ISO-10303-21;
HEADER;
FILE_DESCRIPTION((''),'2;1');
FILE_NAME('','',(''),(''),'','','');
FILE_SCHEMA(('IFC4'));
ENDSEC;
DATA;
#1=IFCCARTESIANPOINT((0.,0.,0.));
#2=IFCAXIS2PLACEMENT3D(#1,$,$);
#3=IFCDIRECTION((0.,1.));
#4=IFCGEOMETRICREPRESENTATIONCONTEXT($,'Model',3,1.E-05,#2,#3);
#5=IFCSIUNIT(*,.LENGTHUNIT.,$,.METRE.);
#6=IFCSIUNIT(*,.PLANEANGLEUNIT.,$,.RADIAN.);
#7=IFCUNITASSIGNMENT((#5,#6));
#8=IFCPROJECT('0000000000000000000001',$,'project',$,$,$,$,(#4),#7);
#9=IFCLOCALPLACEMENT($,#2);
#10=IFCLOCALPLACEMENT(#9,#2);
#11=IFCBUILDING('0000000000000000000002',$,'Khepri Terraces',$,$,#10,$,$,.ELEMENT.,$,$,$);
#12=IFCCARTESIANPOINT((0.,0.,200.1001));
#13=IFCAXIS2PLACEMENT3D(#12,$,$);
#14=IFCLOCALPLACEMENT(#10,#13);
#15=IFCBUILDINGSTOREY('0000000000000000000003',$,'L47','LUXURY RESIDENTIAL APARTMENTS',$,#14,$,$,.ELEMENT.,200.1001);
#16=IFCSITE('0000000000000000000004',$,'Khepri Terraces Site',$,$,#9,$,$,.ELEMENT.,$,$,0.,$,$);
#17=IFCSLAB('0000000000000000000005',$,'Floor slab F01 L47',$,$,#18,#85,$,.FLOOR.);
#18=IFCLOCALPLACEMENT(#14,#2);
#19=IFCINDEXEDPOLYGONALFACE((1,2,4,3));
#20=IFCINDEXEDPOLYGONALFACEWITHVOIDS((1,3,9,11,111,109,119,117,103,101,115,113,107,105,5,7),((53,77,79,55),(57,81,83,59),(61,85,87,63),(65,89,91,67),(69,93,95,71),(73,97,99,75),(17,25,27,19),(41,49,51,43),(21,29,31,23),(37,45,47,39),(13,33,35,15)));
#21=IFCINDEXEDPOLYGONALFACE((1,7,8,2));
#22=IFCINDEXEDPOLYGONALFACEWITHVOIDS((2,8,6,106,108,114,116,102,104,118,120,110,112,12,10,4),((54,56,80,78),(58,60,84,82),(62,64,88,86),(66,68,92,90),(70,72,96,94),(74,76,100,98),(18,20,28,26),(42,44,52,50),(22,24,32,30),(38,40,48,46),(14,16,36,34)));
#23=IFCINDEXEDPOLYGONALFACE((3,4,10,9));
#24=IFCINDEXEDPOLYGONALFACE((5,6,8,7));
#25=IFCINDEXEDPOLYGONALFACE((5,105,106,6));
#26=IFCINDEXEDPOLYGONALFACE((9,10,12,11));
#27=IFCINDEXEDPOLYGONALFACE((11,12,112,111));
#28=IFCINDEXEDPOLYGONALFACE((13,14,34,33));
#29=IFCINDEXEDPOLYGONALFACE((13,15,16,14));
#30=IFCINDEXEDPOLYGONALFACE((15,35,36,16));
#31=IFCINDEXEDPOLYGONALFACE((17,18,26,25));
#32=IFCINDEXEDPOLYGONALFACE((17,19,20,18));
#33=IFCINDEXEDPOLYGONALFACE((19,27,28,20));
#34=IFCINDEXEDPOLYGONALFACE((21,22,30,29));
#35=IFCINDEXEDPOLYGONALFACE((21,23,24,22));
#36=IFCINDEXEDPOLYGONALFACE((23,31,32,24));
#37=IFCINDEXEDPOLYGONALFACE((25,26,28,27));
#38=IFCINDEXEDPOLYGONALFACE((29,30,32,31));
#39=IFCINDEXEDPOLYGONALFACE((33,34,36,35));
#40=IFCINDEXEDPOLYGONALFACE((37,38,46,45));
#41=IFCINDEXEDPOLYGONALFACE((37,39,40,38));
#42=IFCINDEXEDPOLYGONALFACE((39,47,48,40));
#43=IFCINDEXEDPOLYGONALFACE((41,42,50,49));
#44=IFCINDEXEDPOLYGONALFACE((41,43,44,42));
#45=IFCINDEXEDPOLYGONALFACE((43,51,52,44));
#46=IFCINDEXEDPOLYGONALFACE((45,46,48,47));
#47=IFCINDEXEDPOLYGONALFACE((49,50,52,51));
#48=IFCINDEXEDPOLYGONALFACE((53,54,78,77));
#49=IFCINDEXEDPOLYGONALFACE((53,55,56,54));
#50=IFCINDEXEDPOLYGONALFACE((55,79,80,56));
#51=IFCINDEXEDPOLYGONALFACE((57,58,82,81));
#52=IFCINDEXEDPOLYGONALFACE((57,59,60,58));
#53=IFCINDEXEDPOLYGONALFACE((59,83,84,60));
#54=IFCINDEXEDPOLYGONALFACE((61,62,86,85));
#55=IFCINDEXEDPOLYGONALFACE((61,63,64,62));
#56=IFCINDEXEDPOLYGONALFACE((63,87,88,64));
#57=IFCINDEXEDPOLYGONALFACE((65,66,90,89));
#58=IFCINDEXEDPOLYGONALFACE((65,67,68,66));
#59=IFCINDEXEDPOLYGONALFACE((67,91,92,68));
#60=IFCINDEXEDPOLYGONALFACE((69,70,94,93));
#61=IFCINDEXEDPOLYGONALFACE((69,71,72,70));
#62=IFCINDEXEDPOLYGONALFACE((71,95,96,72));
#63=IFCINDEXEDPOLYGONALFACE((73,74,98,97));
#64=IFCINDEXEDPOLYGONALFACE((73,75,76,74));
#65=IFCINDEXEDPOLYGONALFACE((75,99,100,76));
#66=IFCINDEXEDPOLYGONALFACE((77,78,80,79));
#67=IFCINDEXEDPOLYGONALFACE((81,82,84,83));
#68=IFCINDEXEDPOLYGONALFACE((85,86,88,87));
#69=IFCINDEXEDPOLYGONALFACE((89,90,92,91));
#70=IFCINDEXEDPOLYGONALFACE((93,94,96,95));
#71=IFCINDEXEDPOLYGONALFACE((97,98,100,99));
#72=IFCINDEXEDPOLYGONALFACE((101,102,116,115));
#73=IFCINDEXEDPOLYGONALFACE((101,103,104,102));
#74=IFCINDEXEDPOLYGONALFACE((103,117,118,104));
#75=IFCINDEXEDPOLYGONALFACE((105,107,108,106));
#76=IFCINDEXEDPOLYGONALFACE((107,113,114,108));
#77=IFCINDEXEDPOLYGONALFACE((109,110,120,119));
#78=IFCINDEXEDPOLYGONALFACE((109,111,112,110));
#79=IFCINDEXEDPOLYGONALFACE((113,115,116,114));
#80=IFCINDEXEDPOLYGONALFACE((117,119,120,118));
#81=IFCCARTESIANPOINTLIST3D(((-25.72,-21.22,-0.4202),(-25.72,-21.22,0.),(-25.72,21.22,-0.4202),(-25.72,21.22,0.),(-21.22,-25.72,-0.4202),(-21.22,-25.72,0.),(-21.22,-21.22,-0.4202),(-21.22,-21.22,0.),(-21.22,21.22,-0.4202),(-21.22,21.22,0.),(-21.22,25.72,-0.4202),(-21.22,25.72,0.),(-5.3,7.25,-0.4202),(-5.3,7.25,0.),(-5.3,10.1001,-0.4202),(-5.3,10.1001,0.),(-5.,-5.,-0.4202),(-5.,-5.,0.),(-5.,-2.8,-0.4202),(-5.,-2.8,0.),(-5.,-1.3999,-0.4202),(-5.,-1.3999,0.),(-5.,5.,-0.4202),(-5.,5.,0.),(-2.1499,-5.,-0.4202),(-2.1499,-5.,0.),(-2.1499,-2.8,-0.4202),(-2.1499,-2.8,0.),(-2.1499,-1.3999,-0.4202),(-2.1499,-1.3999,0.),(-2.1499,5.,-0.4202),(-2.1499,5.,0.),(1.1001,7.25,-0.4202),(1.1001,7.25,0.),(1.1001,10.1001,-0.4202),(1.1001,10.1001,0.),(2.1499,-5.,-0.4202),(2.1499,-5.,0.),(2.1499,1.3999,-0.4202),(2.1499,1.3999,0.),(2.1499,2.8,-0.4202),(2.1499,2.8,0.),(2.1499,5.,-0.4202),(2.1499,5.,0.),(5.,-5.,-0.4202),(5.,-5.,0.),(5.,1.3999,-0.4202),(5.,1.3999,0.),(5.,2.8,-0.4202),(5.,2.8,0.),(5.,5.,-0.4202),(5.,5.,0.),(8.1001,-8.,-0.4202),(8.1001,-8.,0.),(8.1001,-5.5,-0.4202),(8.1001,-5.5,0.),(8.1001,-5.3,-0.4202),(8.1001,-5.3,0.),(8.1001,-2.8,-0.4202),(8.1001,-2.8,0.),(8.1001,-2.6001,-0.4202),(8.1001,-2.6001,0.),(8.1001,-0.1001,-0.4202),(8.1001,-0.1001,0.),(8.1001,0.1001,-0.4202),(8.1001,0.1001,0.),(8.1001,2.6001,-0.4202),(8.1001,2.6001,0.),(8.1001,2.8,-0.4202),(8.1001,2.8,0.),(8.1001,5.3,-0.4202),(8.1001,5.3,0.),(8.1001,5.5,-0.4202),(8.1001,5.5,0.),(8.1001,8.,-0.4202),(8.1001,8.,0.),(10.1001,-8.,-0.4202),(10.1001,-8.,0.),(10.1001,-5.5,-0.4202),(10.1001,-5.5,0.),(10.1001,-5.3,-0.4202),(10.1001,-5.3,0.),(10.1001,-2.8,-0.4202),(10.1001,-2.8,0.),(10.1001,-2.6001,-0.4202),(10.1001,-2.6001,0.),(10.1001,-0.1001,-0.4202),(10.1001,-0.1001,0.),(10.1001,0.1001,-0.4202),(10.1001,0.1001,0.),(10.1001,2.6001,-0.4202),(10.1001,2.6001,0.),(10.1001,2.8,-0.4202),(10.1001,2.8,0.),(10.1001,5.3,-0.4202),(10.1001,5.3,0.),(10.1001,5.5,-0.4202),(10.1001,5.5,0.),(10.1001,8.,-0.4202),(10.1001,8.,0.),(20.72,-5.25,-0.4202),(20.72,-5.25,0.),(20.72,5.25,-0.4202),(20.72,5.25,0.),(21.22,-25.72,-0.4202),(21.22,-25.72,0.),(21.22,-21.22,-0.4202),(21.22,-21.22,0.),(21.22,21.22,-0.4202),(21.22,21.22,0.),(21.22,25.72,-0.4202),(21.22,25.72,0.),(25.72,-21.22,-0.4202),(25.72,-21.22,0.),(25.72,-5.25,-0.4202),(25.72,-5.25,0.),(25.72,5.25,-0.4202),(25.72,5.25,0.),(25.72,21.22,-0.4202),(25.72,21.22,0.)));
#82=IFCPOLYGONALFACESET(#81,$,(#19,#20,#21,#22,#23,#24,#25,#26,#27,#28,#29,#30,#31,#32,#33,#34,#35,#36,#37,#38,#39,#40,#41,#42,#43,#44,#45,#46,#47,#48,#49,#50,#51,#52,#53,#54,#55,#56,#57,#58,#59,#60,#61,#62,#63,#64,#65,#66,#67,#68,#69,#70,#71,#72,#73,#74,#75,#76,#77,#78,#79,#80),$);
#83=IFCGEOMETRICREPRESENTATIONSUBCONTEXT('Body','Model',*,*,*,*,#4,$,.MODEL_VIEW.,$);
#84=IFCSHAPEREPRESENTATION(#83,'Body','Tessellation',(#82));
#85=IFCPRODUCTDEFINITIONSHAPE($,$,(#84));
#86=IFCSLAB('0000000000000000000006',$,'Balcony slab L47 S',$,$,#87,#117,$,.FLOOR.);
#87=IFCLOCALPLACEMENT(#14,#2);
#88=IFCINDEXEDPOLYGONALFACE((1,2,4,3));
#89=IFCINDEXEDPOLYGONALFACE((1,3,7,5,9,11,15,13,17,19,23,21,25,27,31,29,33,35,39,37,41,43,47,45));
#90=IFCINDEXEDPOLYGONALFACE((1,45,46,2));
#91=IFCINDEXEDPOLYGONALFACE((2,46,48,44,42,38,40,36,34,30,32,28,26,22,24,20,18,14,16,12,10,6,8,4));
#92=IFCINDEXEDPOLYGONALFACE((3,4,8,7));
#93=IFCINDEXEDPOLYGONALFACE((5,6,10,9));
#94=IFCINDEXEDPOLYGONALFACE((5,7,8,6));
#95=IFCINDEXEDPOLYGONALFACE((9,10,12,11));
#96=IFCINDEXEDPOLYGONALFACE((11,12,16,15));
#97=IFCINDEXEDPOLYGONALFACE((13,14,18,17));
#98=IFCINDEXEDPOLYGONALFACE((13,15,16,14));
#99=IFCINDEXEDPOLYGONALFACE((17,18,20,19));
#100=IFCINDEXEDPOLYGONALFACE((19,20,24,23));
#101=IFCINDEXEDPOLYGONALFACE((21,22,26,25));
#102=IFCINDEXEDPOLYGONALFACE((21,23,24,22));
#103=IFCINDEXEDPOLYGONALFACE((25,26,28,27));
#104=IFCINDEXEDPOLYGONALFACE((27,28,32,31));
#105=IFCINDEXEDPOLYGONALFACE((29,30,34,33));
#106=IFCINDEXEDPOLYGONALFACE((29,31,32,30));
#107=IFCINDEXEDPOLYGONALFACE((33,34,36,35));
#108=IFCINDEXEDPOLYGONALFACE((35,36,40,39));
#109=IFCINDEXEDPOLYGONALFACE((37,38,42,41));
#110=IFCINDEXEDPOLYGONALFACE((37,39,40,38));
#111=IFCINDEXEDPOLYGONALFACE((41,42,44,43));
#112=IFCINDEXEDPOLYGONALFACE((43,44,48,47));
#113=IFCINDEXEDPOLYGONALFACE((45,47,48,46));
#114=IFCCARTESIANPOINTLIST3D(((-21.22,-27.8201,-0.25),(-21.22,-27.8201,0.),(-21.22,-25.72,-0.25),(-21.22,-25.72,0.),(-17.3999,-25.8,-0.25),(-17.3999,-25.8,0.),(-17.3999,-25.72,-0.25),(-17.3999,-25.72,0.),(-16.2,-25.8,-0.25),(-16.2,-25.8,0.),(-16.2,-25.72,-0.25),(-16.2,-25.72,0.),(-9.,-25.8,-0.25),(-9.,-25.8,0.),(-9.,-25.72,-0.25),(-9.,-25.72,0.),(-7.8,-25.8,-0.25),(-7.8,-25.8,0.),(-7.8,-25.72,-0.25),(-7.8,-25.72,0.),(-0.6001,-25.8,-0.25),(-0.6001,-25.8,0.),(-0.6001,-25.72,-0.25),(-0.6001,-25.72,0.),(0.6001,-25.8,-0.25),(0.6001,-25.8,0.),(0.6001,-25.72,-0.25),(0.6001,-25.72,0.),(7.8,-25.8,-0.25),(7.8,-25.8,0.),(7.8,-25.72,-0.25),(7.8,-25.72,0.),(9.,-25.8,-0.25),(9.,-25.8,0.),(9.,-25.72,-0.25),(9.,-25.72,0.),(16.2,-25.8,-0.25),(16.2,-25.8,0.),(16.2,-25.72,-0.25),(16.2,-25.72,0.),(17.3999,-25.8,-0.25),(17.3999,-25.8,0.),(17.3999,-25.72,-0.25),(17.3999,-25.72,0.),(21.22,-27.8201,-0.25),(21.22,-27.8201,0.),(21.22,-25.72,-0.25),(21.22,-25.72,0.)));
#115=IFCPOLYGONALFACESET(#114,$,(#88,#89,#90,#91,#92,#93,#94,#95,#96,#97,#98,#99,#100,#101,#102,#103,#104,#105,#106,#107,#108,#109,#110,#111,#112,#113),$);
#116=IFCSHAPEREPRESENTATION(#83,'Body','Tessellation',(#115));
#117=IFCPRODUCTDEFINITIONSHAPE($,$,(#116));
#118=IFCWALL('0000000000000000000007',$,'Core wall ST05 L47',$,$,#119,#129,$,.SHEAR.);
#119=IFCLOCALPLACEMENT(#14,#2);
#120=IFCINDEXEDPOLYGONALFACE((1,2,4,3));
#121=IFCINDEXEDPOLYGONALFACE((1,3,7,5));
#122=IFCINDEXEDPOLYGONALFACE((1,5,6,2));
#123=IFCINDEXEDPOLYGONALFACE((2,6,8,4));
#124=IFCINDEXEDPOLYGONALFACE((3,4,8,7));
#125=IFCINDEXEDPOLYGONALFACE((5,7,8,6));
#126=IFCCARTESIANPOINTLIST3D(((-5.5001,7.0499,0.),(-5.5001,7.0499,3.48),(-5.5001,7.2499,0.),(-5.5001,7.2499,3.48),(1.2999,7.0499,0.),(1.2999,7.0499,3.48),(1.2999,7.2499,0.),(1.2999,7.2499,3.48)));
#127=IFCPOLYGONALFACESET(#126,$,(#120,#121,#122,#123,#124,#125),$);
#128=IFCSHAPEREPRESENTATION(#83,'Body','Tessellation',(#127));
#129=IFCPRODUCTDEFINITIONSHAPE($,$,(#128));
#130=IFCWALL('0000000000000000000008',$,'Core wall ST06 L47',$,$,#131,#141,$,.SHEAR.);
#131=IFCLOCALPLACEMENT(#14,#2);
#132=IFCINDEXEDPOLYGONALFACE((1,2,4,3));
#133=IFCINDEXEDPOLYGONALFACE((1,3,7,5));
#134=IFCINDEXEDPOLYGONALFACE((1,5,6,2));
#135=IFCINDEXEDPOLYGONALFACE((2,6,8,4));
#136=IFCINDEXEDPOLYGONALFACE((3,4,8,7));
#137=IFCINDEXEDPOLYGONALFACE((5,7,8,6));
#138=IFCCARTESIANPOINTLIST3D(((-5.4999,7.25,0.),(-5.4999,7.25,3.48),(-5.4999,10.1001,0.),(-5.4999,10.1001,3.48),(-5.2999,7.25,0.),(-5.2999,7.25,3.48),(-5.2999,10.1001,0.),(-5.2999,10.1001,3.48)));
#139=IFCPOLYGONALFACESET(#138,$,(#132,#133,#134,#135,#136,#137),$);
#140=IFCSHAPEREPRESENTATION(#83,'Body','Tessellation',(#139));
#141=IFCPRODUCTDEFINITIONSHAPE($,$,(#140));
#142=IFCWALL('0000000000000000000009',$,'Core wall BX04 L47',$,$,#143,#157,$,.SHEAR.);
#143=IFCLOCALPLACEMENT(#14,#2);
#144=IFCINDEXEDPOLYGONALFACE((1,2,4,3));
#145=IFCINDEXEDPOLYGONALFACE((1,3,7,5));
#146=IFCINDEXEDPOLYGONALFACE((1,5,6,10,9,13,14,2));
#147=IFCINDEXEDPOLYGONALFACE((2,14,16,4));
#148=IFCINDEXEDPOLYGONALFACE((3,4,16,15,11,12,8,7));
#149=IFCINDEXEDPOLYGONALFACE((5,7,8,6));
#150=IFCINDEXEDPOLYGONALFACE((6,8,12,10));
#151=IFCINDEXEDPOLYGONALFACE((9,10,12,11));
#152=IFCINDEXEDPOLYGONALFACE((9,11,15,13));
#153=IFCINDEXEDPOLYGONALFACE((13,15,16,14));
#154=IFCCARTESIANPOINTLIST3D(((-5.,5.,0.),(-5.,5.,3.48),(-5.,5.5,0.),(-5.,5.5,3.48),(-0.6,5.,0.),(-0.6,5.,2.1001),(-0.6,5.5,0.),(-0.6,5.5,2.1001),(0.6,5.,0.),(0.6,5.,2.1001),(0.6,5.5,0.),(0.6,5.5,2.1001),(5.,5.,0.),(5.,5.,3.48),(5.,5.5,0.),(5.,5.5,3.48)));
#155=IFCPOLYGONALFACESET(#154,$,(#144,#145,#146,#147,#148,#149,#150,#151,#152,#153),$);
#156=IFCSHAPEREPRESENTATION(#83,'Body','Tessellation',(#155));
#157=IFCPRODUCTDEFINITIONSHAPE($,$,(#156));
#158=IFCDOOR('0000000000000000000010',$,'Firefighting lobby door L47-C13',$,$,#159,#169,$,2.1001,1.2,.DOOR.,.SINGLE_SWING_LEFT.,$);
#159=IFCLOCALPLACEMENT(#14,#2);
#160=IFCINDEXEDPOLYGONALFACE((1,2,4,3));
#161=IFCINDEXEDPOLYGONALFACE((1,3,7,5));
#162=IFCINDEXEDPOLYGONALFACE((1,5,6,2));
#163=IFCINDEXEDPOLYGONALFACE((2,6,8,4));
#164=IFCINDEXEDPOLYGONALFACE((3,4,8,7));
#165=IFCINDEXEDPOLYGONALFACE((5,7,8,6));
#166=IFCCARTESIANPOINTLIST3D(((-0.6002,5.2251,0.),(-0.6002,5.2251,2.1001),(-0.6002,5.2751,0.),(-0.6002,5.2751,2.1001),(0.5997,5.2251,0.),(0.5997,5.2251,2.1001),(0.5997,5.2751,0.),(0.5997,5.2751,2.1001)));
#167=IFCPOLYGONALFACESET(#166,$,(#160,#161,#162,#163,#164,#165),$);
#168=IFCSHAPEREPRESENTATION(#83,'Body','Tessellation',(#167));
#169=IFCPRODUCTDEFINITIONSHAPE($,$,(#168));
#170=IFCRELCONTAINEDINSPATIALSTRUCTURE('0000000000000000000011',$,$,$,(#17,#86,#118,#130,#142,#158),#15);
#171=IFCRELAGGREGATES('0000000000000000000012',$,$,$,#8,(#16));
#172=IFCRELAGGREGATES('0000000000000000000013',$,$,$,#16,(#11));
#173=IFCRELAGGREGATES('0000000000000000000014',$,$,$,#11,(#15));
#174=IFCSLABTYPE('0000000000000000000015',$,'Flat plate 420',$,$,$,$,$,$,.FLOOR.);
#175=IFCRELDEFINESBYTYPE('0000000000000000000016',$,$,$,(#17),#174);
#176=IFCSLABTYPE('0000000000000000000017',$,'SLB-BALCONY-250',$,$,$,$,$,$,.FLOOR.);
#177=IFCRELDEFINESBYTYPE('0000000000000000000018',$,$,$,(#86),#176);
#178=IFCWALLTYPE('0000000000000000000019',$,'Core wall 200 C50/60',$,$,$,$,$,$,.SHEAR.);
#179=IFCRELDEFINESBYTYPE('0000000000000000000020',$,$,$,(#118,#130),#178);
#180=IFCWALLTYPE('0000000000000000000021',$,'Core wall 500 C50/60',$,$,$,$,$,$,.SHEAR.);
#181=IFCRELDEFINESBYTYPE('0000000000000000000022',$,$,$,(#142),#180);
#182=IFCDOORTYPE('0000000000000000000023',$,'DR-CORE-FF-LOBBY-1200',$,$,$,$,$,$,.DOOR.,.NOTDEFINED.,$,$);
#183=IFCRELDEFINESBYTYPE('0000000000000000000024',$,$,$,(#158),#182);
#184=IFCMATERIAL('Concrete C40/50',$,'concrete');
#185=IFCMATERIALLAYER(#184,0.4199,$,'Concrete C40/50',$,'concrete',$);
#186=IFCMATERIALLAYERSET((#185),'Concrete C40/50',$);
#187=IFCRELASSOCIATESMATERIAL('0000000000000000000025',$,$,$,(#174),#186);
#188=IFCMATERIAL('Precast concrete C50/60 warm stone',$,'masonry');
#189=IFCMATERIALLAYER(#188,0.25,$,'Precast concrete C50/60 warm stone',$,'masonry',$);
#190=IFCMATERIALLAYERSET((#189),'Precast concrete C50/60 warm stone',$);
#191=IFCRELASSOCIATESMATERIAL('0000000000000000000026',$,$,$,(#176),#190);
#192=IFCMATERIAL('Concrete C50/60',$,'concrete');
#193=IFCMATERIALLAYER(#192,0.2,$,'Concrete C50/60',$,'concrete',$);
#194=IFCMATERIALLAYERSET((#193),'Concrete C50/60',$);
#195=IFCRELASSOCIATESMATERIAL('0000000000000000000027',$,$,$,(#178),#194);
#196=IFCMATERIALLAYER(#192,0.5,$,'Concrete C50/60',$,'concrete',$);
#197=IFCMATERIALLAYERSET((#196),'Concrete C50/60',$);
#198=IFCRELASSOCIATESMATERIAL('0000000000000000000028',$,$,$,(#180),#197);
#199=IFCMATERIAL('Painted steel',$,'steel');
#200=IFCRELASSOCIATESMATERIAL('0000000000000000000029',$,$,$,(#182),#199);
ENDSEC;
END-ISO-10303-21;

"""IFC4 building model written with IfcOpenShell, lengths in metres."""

from ifc_helpers import new_model, si_unit, direction, frame, frame_2d, origin, place, context, subcontext, project, spatial, polyline, rectangle, outline, extrude, material, layer, layer_set, type_object, element, fill, save


model = new_model("IFC4")

# Units and contexts
model_context = context("Model", 3, precision=1e-05, world=origin(), true_north=direction((0.0, 1.0)))
body_context = subcontext(model_context, "Body", "Model", "MODEL_VIEW")
ifc_project = project(units=[si_unit("LENGTHUNIT", "METRE"), si_unit("PLANEANGLEUNIT", "RADIAN")], contexts=[model_context])

# Site, building, storey
site_placement = place(None, origin())
site = spatial("IfcSite", under=ifc_project, at=site_placement, Name="Khepri Terraces Site", CompositionType="ELEMENT", RefElevation=0.0)
building_placement = place(site_placement, origin())
building = spatial("IfcBuilding", under=site, at=building_placement, Name="Khepri Terraces", CompositionType="ELEMENT")
storey_placement = place(building_placement, frame((0.0, 0.0, 200.1001)))
storey = spatial("IfcBuildingStorey", under=building, at=storey_placement, Name="L47", Description="LUXURY RESIDENTIAL APARTMENTS", CompositionType="ELEMENT", Elevation=200.1001)

# Slabs
ifc_material_1 = material(Name="Concrete C40/50", Category="concrete")
ifc_layer_1 = layer(ifc_material_1, 0.4199, Name="Concrete C40/50", Category="concrete")
ifc_layer_set_1 = layer_set([ifc_layer_1], Name="Concrete C40/50")
slab_type_1 = type_object("IfcSlabType", Name="Flat plate 420", PredefinedType="FLOOR", material=ifc_layer_set_1)
slab_1_placement = place(storey_placement, frame((0.0, 0.0, -0.4202)))
element("IfcSlab", 1, at=slab_1_placement, inside=storey, type_object=slab_type_1, Name="Floor slab F01 L47", PredefinedType="FLOOR", context=body_context, shape_type="SweptSolid", body=[
    extrude(outline(polyline([(25.72, 5.25), (20.72, 5.25), (20.72, -5.25), (25.72, -5.25), (25.72, -21.22), (21.22, -21.22), (21.22, -25.72), (-21.22, -25.72), (-21.22, -21.22), (-25.72, -21.22), (-25.72, 21.22), (-21.22, 21.22), (-21.22, 25.72), (21.22, 25.72), (21.22, 21.22), (25.72, 21.22), (25.72, 5.25)]), holes=[polyline([(2.1499, 2.8), (5.0, 2.8), (5.0, 5.0), (2.1499, 5.0), (2.1499, 2.8)]), polyline([(-5.0, -2.8), (-5.0, -5.0), (-2.1499, -5.0), (-2.1499, -2.8), (-5.0, -2.8)]), polyline([(10.1001, -5.5), (8.1001, -5.5), (8.1001, -8.0), (10.1001, -8.0), (10.1001, -5.5)]), polyline([(10.1001, -5.3), (10.1001, -2.8), (8.1001, -2.8), (8.1001, -5.3), (10.1001, -5.3)]), polyline([(8.1001, -2.6001), (10.1001, -2.6001), (10.1001, -0.1001), (8.1001, -0.1001), (8.1001, -2.6001)]), polyline([(8.1001, 2.6001), (8.1001, 0.1001), (10.1001, 0.1001), (10.1001, 2.6001), (8.1001, 2.6001)]), polyline([(10.1001, 5.3), (8.1001, 5.3), (8.1001, 2.8), (10.1001, 2.8), (10.1001, 5.3)]), polyline([(10.1001, 5.5), (10.1001, 8.0), (8.1001, 8.0), (8.1001, 5.5), (10.1001, 5.5)]), polyline([(-5.0, -1.3999), (-2.1499, -1.3999), (-2.1499, 5.0), (-5.0, 5.0), (-5.0, -1.3999)]), polyline([(5.0, -5.0), (5.0, 1.3999), (2.1499, 1.3999), (2.1499, -5.0), (5.0, -5.0)]), polyline([(-5.3, 10.1001), (-5.3, 7.25), (1.1001, 7.25), (1.1001, 10.1001), (-5.3, 10.1001)])]), origin(), (0.0, 0.0, 1.0), 0.4202),
])
ifc_material_2 = material(Name="Precast concrete C50/60 warm stone", Category="masonry")
ifc_layer_2 = layer(ifc_material_2, 0.25, Name="Precast concrete C50/60 warm stone", Category="masonry")
ifc_layer_set_2 = layer_set([ifc_layer_2], Name="Precast concrete C50/60 warm stone")
slab_type_2 = type_object("IfcSlabType", Name="SLB-BALCONY-250", PredefinedType="FLOOR", material=ifc_layer_set_2)
slab_2_placement = place(storey_placement, frame((0.0, 0.0, -0.25)))
element("IfcSlab", 2, at=slab_2_placement, inside=storey, type_object=slab_type_2, Name="Balcony slab L47 S", PredefinedType="FLOOR", context=body_context, shape_type="SweptSolid", body=[
    extrude(outline(polyline([(-17.3999, -25.72), (-21.22, -25.72), (-21.22, -27.8201), (21.22, -27.8201), (21.22, -25.72), (17.3999, -25.72), (17.3999, -25.8), (16.2, -25.8), (16.2, -25.72), (9.0, -25.72), (9.0, -25.8), (7.8, -25.8), (7.8, -25.72), (0.6001, -25.72), (0.6001, -25.8), (-0.6001, -25.8), (-0.6001, -25.72), (-7.8, -25.72), (-7.8, -25.8), (-9.0, -25.8), (-9.0, -25.72), (-16.2, -25.72), (-16.2, -25.8), (-17.3999, -25.8), (-17.3999, -25.72)])), origin(), (0.0, 0.0, 1.0), 0.25),
])

# Walls
ifc_material_3 = material(Name="Concrete C50/60", Category="concrete")
ifc_layer_3 = layer(ifc_material_3, 0.2, Name="Concrete C50/60", Category="concrete")
ifc_layer_set_3 = layer_set([ifc_layer_3], Name="Concrete C50/60")
wall_type_1 = type_object("IfcWallType", Name="Core wall 200 C50/60", PredefinedType="SHEAR", material=ifc_layer_set_3)
wall_1_placement = place(storey_placement, frame((-5.5, 7.1499, 0.0), z_axis=(0.0, 0.0, 1.0), x_axis=(1.0, 0.0, 0.0)))
element("IfcWall", 3, at=wall_1_placement, inside=storey, type_object=wall_type_1, Name="Core wall ST05 L47", PredefinedType="SHEAR", context=body_context, shape_type="SweptSolid", body=[
    extrude(rectangle(XDim=6.8, YDim=0.2, at=frame_2d((3.3999, 0.0))), origin(), (0.0, 0.0, 1.0), 3.48),
])
wall_2_placement = place(storey_placement, frame((-5.3999, 7.25, 0.0), z_axis=(0.0, 0.0, 1.0), x_axis=(0.0, 1.0, 0.0)))
element("IfcWall", 4, at=wall_2_placement, inside=storey, type_object=wall_type_1, Name="Core wall ST06 L47", PredefinedType="SHEAR", context=body_context, shape_type="SweptSolid", body=[
    extrude(rectangle(XDim=2.8501, YDim=0.2, at=frame_2d((1.425, 0.0))), origin(), (0.0, 0.0, 1.0), 3.48),
])

# Wall, opening, door
ifc_layer_4 = layer(ifc_material_3, 0.5, Name="Concrete C50/60", Category="concrete")
ifc_layer_set_4 = layer_set([ifc_layer_4], Name="Concrete C50/60")
wall_type_2 = type_object("IfcWallType", Name="Core wall 500 C50/60", PredefinedType="SHEAR", material=ifc_layer_set_4)
wall_3_placement = place(storey_placement, frame((-5.0, 5.25, 0.0), z_axis=(0.0, 0.0, 1.0), x_axis=(1.0, 0.0, 0.0)))
wall_3 = element("IfcWall", 5, at=wall_3_placement, inside=storey, type_object=wall_type_2, Name="Core wall BX04 L47", PredefinedType="SHEAR", context=body_context, shape_type="SweptSolid", body=[
    extrude(rectangle(XDim=10.0, YDim=0.5, at=frame_2d((5.0, 0.0))), origin(), (0.0, 0.0, 1.0), 3.48),
])
opening_1_placement = place(wall_3_placement, frame((4.3999, 0.0, 0.0)))
opening_1 = element("IfcOpeningElement", 6, at=opening_1_placement, cuts=wall_3, PredefinedType="OPENING", context=body_context, shape_type="SweptSolid", body=[
    extrude(rectangle(XDim=1.2, YDim=2.1001, at=frame_2d((0.6001, 1.05))), frame((0.0, 0.26, 0.0), z_axis=(0.0, -1.0, 0.0), x_axis=(1.0, 0.0, 0.0)), (0.0, 0.0, 1.0), 0.52),
])
ifc_material_4 = material(Name="Painted steel", Category="steel")
door_type_1 = type_object("IfcDoorType", Name="DR-CORE-FF-LOBBY-1200", OperationType="NOTDEFINED", PredefinedType="DOOR", material=ifc_material_4)
door_1_placement = place(opening_1_placement, frame((1.2, 0.0, 0.0), z_axis=(0.0, 0.0, 1.0), x_axis=(-1.0, 0.0, 0.0)))
door_1 = element("IfcDoor", 7, at=door_1_placement, inside=storey, type_object=door_type_1, Name="Firefighting lobby door L47-C13", OperationType="SINGLE_SWING_LEFT", OverallHeight=2.1001, OverallWidth=1.2, PredefinedType="DOOR", context=body_context, shape_type="SweptSolid", body=[
    extrude(rectangle(XDim=1.2, YDim=2.1001, at=frame_2d((0.6001, 1.05))), frame((0.0, 0.0249, 0.0), z_axis=(0.0, -1.0, 0.0), x_axis=(1.0, 0.0, 0.0)), (0.0, 0.0, 1.0), 0.05),
])
fill(opening_1, door_1)

save(model, "model.ifc")
